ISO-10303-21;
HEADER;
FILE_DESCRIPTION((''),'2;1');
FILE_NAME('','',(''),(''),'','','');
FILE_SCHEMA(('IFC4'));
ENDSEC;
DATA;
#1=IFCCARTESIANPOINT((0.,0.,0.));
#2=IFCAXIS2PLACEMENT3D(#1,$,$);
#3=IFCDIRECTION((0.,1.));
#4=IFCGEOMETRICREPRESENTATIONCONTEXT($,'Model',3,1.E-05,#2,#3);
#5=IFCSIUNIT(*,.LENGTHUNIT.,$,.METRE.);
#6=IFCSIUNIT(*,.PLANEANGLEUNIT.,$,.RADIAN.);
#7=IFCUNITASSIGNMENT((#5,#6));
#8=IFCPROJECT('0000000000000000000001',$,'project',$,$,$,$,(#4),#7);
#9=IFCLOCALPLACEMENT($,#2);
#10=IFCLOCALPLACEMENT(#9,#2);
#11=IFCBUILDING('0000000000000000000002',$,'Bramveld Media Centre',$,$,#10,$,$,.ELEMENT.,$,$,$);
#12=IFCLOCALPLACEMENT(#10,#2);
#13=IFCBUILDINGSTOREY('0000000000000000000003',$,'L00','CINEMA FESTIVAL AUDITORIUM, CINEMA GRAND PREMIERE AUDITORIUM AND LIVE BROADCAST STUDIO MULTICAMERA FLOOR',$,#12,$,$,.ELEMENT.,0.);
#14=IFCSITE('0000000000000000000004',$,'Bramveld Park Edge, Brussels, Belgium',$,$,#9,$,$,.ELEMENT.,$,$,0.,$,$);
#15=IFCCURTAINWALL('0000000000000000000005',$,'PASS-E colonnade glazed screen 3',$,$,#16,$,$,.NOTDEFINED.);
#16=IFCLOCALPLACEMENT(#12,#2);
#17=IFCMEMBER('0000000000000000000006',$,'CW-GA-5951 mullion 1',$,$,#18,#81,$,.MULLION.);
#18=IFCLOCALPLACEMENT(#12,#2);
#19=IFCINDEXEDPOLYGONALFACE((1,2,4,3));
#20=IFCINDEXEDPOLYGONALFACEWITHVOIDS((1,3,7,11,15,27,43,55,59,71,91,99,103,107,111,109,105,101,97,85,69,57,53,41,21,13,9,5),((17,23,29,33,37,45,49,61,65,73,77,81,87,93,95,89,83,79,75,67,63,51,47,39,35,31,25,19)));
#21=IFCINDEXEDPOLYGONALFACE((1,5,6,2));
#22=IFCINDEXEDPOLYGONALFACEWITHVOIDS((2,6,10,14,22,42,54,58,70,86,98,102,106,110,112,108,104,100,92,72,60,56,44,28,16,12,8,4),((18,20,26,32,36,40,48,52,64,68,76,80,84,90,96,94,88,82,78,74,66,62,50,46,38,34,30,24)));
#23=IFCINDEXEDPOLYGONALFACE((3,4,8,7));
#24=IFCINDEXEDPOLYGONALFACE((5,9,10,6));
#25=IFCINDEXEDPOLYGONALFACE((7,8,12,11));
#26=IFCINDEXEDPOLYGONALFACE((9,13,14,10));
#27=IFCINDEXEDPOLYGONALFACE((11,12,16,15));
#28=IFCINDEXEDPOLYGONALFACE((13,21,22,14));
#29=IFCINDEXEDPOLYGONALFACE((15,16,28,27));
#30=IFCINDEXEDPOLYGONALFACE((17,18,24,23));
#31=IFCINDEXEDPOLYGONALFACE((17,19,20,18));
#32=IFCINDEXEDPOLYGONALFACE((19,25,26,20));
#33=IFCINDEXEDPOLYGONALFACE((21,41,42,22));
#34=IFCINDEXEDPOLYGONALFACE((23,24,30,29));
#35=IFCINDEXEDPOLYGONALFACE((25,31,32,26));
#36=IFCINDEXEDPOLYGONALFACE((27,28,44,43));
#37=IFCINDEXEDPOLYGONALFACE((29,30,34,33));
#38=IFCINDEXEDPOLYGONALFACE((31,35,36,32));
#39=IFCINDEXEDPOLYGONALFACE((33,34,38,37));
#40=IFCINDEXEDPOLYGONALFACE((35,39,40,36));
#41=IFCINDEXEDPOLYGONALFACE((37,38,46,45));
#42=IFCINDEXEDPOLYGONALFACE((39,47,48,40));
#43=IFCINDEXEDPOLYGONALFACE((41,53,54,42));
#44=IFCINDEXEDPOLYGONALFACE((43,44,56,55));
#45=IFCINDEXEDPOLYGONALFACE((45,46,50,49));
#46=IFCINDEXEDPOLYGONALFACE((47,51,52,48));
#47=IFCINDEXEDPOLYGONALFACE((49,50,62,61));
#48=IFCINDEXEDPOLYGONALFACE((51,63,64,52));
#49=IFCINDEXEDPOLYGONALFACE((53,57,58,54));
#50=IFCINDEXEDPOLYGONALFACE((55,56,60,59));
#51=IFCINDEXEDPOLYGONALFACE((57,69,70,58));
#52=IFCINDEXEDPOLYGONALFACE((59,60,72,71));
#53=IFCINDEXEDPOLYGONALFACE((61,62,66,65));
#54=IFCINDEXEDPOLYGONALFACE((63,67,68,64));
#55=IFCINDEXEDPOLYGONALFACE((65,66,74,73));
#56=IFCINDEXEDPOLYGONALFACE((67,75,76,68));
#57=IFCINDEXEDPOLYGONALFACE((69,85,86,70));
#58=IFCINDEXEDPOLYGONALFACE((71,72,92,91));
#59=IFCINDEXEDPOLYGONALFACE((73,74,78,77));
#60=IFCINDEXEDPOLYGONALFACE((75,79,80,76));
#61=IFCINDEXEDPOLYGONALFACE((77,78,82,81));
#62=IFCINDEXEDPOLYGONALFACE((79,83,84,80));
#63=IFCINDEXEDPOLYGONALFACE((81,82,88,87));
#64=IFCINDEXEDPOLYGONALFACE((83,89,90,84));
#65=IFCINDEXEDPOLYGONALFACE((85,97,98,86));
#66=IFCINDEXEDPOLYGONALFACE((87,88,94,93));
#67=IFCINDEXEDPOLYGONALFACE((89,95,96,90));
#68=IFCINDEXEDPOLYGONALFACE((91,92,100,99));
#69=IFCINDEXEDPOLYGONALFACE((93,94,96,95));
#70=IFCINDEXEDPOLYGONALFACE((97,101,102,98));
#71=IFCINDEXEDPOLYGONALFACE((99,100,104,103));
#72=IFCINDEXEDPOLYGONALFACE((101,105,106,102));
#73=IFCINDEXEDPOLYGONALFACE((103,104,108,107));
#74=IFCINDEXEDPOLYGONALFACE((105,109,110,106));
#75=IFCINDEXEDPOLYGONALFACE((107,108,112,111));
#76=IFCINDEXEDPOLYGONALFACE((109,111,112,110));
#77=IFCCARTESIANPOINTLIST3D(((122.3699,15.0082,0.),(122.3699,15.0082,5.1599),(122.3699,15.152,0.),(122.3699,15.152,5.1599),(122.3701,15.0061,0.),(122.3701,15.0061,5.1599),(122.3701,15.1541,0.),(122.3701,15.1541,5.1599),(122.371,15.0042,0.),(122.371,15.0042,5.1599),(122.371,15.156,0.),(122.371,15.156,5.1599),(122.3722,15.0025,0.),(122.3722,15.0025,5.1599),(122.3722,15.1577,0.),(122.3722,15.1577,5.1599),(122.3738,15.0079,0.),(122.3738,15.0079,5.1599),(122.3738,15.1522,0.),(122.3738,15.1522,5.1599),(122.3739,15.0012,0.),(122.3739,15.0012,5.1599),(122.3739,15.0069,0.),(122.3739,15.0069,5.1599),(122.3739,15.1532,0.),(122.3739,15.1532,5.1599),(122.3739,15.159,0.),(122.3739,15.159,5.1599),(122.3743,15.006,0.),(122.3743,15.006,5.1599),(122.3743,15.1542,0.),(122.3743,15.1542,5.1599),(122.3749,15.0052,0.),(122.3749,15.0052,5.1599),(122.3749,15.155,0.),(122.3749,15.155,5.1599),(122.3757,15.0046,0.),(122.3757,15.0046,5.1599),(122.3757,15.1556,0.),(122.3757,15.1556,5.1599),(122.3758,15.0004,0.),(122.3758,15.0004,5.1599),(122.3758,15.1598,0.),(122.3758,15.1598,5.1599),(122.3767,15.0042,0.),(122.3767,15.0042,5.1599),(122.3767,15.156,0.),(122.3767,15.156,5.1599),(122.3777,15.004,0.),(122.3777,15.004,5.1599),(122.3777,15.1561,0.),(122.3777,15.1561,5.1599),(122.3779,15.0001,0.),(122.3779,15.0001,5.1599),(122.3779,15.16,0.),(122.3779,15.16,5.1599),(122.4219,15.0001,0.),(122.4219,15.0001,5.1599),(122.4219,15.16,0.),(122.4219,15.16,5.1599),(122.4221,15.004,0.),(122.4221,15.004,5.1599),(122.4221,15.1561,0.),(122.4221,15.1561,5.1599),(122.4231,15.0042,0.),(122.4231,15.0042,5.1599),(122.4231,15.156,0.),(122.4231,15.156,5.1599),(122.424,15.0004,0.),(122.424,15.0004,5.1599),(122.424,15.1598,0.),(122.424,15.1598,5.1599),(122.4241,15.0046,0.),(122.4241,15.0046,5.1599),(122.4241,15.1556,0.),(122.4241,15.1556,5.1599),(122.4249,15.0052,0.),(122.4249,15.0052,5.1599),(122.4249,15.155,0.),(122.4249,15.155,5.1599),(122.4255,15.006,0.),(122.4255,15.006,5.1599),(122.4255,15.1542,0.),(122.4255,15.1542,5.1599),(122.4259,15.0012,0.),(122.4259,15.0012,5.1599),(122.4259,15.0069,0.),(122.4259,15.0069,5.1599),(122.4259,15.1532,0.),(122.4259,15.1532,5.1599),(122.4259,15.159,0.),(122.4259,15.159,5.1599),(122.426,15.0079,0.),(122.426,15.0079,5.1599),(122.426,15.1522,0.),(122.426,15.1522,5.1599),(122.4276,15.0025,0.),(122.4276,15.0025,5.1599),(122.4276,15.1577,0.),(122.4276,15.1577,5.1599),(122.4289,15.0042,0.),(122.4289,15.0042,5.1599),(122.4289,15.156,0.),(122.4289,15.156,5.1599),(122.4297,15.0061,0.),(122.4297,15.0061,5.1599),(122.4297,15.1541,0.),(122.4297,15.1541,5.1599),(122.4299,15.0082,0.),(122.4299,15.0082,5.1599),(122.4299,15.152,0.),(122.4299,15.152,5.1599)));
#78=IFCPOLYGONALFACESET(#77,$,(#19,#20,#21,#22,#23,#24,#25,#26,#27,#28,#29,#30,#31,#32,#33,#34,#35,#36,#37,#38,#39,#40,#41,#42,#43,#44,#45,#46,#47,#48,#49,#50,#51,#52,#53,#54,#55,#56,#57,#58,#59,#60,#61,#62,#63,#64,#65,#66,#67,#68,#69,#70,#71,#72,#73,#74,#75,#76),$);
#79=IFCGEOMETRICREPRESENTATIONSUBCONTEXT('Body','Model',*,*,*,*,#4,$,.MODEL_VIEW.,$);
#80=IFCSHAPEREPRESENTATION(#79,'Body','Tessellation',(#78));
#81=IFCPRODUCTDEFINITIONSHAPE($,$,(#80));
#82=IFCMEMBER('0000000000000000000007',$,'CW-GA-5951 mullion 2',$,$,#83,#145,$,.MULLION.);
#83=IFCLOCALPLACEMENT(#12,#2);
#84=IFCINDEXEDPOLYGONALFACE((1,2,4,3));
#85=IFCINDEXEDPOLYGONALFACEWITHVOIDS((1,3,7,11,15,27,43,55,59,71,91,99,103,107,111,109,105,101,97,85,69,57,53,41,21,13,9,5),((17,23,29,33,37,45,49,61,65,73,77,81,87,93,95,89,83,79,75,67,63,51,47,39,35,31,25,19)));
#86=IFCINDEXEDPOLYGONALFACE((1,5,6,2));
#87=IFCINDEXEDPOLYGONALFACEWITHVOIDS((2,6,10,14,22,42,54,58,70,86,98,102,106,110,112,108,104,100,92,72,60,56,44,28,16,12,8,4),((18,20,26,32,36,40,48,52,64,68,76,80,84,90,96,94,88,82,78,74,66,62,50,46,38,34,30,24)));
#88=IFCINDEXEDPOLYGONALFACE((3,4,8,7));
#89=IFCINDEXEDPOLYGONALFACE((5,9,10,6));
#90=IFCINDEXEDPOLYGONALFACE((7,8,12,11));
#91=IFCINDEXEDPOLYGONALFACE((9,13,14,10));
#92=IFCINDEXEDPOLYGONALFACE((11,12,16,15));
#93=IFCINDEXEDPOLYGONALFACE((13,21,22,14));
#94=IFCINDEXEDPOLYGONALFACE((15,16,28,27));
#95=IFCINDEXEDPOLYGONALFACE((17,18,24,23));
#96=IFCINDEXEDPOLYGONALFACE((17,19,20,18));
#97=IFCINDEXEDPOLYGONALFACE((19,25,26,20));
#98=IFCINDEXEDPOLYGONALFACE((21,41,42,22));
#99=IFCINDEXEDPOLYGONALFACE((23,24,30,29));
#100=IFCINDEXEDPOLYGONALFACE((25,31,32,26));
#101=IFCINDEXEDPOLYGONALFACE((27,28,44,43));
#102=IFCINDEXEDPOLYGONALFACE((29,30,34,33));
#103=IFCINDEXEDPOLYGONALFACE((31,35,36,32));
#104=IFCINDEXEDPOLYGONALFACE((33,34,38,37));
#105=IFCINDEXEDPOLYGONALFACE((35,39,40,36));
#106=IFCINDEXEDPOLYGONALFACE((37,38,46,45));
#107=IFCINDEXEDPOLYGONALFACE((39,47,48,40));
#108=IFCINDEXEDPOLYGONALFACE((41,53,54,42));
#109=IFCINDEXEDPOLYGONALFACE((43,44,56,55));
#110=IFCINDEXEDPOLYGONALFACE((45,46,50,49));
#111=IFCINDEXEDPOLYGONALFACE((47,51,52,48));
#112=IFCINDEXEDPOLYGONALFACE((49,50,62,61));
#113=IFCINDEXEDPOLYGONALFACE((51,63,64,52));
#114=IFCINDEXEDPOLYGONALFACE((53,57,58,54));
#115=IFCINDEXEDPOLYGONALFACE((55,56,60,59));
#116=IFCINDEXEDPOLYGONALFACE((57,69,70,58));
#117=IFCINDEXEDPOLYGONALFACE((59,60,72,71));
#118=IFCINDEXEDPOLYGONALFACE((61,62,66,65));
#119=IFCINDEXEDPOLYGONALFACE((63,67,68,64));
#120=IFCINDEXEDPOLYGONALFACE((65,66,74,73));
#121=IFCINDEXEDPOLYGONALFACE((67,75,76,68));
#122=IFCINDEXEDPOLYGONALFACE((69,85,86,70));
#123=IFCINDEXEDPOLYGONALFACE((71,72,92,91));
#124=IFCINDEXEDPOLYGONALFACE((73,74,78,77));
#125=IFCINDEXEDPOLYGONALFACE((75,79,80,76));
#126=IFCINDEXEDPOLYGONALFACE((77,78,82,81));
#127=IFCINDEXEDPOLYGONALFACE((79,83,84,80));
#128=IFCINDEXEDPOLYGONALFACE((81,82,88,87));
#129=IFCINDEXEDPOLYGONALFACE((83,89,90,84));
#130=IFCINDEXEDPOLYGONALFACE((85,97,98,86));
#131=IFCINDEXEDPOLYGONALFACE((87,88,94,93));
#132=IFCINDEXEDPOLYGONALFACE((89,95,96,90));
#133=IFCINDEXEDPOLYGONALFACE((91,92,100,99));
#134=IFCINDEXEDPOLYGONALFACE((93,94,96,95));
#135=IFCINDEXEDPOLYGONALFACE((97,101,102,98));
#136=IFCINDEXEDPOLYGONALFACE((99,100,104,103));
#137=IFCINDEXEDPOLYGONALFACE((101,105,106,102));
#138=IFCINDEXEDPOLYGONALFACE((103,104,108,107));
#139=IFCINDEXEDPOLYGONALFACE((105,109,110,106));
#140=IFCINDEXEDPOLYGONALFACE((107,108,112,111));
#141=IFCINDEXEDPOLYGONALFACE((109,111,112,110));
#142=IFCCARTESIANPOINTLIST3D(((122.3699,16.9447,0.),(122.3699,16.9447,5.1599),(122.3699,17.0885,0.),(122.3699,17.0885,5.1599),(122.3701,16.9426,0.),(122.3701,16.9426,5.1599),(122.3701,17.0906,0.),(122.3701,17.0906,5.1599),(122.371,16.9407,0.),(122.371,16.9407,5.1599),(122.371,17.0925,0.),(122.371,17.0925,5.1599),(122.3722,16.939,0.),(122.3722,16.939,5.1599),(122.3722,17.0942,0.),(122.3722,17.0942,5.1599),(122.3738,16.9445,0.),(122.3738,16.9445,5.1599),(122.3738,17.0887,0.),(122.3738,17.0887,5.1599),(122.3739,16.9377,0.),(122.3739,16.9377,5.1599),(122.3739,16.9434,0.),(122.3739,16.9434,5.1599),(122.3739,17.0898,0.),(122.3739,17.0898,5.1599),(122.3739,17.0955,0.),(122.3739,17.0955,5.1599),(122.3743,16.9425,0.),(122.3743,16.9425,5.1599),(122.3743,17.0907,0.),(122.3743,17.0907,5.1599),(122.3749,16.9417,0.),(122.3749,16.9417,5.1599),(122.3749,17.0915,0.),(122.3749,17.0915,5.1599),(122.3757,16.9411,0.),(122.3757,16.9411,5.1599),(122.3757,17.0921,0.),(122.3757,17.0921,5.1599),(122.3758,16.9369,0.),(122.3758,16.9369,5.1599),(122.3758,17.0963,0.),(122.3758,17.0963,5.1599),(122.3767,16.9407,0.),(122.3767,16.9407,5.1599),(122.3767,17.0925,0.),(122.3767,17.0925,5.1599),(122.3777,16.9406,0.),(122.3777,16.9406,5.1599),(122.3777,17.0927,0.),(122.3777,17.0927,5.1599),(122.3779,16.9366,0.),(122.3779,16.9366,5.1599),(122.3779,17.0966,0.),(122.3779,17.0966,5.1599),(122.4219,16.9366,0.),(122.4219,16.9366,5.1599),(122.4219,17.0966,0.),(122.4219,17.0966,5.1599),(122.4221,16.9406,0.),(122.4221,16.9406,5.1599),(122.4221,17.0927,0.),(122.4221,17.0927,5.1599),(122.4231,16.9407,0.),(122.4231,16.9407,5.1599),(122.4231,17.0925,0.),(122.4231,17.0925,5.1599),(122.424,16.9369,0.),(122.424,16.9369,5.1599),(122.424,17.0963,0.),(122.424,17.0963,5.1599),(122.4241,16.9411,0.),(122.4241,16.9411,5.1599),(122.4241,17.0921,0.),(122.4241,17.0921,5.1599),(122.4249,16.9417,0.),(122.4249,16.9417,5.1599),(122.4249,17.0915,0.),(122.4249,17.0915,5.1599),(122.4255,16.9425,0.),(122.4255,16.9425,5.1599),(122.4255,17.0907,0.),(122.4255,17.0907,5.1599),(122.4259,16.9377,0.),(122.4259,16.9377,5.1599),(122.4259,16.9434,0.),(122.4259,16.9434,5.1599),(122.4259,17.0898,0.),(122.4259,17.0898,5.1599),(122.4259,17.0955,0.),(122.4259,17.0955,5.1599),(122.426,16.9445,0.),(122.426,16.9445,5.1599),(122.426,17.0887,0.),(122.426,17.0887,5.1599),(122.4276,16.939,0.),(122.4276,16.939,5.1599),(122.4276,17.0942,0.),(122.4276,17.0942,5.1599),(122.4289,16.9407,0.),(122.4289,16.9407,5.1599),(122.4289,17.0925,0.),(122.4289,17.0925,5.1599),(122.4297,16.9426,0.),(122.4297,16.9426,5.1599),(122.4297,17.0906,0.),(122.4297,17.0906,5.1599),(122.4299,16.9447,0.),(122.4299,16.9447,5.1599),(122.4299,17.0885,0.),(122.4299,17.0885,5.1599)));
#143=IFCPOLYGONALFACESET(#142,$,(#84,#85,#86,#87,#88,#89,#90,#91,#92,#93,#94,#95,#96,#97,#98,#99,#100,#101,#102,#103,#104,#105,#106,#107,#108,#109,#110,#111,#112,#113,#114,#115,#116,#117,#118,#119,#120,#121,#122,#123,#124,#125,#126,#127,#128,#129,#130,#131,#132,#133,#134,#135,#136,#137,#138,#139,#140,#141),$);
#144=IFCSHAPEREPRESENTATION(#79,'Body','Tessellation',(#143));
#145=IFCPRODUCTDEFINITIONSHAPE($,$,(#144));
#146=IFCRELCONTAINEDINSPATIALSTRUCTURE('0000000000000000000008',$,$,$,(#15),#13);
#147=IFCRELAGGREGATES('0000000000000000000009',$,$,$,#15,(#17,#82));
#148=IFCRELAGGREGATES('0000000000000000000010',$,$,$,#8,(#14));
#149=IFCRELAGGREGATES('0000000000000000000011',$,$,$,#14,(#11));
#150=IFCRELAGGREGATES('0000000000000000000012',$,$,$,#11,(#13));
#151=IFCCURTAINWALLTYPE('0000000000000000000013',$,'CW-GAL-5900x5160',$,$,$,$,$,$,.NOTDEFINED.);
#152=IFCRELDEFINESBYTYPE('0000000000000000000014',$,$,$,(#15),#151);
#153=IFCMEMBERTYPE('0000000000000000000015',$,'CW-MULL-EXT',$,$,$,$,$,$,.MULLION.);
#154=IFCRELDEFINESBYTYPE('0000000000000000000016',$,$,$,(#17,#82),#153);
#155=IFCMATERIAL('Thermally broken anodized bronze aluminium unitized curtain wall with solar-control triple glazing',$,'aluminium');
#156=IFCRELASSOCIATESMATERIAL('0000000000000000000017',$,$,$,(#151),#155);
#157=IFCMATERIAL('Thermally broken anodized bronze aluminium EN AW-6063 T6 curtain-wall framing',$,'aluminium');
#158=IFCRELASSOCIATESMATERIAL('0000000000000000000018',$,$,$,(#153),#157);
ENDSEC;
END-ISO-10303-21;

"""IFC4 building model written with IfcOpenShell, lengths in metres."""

from ifc_helpers import new_model, si_unit, direction, frame, origin, origin_2d, place, context, subcontext, project, spatial, hollow_rectangle, extrude, material, material_profile, profile_set, type_object, element, aggregate, save


model = new_model("IFC4")

# Units and contexts
model_context = context("Model", 3, precision=1e-05, world=origin(), true_north=direction((0.0, 1.0)))
body_context = subcontext(model_context, "Body", "Model", "MODEL_VIEW")
ifc_project = project(units=[si_unit("LENGTHUNIT", "METRE"), si_unit("PLANEANGLEUNIT", "RADIAN")], contexts=[model_context])

# Site, building, storey
site_placement = place(None, origin())
site = spatial("IfcSite", under=ifc_project, at=site_placement, Name="Bramveld Park Edge, Brussels, Belgium", CompositionType="ELEMENT", RefElevation=0.0)
building_placement = place(site_placement, origin())
building = spatial("IfcBuilding", under=site, at=building_placement, Name="Bramveld Media Centre", CompositionType="ELEMENT")
storey_placement = place(building_placement, origin())
storey = spatial("IfcBuildingStorey", under=building, at=storey_placement, Name="L00", Description="CINEMA FESTIVAL AUDITORIUM, CINEMA GRAND PREMIERE AUDITORIUM AND LIVE BROADCAST STUDIO MULTICAMERA FLOOR", CompositionType="ELEMENT", Elevation=0.0)

# Curtain wall, members
ifc_material_1 = material(Name="Thermally broken anodized bronze aluminium unitized curtain wall with solar-control triple glazing", Category="aluminium")
curtain_wall_type = type_object("IfcCurtainWallType", Name="CW-GAL-5900x5160", PredefinedType="NOTDEFINED", material=ifc_material_1)
curtain_wall_placement = place(storey_placement, origin())
curtain_wall = element("IfcCurtainWall", 1, at=curtain_wall_placement, inside=storey, type_object=curtain_wall_type, Name="PASS-E colonnade glazed screen 3", PredefinedType="NOTDEFINED")
ifc_material_2 = material(Name="Thermally broken anodized bronze aluminium EN AW-6063 T6 curtain-wall framing", Category="aluminium")
ifc_material_profile_1 = material_profile(ifc_material_2, hollow_rectangle(XDim=0.0601, YDim=0.1599, WallThickness=0.0039, InnerFilletRadius=0.0039, OuterFilletRadius=0.0081, at=origin_2d()), Name="AL-MULL 60x160")
ifc_profile_set_1 = profile_set([ifc_material_profile_1], Name="Thermally broken anodized bronze aluminium EN AW-6063 T6 curtain-wall framing")
member_type_1 = type_object("IfcMemberType", Name="CW-MULL-EXT", PredefinedType="MULLION", material=ifc_profile_set_1)
member_1_placement = place(storey_placement, frame((122.3999, 15.0801, 0.0), z_axis=(0.0, 0.0, 1.0), x_axis=(-1.0, 0.0, 0.0)))
member_1 = element("IfcMember", 2, at=member_1_placement, type_object=member_type_1, Name="CW-GA-5951 mullion 1", PredefinedType="MULLION", context=body_context, shape_type="SweptSolid", body=[
    extrude(hollow_rectangle(XDim=0.0601, YDim=0.1599, WallThickness=0.0039, InnerFilletRadius=0.0039, OuterFilletRadius=0.0081, at=origin_2d()), origin(), (0.0, 0.0, 1.0), 5.1599),
])
member_2_placement = place(storey_placement, frame((122.3999, 17.0166, 0.0), z_axis=(0.0, 0.0, 1.0), x_axis=(-1.0, 0.0, 0.0)))
member_2 = element("IfcMember", 3, at=member_2_placement, type_object=member_type_1, Name="CW-GA-5951 mullion 2", PredefinedType="MULLION", context=body_context, shape_type="SweptSolid", body=[
    extrude(hollow_rectangle(XDim=0.0601, YDim=0.1599, WallThickness=0.0039, InnerFilletRadius=0.0039, OuterFilletRadius=0.0081, at=origin_2d()), origin(), (0.0, 0.0, 1.0), 5.1599),
])
aggregate(curtain_wall, [member_1, member_2])

save(model, "model.ifc")
